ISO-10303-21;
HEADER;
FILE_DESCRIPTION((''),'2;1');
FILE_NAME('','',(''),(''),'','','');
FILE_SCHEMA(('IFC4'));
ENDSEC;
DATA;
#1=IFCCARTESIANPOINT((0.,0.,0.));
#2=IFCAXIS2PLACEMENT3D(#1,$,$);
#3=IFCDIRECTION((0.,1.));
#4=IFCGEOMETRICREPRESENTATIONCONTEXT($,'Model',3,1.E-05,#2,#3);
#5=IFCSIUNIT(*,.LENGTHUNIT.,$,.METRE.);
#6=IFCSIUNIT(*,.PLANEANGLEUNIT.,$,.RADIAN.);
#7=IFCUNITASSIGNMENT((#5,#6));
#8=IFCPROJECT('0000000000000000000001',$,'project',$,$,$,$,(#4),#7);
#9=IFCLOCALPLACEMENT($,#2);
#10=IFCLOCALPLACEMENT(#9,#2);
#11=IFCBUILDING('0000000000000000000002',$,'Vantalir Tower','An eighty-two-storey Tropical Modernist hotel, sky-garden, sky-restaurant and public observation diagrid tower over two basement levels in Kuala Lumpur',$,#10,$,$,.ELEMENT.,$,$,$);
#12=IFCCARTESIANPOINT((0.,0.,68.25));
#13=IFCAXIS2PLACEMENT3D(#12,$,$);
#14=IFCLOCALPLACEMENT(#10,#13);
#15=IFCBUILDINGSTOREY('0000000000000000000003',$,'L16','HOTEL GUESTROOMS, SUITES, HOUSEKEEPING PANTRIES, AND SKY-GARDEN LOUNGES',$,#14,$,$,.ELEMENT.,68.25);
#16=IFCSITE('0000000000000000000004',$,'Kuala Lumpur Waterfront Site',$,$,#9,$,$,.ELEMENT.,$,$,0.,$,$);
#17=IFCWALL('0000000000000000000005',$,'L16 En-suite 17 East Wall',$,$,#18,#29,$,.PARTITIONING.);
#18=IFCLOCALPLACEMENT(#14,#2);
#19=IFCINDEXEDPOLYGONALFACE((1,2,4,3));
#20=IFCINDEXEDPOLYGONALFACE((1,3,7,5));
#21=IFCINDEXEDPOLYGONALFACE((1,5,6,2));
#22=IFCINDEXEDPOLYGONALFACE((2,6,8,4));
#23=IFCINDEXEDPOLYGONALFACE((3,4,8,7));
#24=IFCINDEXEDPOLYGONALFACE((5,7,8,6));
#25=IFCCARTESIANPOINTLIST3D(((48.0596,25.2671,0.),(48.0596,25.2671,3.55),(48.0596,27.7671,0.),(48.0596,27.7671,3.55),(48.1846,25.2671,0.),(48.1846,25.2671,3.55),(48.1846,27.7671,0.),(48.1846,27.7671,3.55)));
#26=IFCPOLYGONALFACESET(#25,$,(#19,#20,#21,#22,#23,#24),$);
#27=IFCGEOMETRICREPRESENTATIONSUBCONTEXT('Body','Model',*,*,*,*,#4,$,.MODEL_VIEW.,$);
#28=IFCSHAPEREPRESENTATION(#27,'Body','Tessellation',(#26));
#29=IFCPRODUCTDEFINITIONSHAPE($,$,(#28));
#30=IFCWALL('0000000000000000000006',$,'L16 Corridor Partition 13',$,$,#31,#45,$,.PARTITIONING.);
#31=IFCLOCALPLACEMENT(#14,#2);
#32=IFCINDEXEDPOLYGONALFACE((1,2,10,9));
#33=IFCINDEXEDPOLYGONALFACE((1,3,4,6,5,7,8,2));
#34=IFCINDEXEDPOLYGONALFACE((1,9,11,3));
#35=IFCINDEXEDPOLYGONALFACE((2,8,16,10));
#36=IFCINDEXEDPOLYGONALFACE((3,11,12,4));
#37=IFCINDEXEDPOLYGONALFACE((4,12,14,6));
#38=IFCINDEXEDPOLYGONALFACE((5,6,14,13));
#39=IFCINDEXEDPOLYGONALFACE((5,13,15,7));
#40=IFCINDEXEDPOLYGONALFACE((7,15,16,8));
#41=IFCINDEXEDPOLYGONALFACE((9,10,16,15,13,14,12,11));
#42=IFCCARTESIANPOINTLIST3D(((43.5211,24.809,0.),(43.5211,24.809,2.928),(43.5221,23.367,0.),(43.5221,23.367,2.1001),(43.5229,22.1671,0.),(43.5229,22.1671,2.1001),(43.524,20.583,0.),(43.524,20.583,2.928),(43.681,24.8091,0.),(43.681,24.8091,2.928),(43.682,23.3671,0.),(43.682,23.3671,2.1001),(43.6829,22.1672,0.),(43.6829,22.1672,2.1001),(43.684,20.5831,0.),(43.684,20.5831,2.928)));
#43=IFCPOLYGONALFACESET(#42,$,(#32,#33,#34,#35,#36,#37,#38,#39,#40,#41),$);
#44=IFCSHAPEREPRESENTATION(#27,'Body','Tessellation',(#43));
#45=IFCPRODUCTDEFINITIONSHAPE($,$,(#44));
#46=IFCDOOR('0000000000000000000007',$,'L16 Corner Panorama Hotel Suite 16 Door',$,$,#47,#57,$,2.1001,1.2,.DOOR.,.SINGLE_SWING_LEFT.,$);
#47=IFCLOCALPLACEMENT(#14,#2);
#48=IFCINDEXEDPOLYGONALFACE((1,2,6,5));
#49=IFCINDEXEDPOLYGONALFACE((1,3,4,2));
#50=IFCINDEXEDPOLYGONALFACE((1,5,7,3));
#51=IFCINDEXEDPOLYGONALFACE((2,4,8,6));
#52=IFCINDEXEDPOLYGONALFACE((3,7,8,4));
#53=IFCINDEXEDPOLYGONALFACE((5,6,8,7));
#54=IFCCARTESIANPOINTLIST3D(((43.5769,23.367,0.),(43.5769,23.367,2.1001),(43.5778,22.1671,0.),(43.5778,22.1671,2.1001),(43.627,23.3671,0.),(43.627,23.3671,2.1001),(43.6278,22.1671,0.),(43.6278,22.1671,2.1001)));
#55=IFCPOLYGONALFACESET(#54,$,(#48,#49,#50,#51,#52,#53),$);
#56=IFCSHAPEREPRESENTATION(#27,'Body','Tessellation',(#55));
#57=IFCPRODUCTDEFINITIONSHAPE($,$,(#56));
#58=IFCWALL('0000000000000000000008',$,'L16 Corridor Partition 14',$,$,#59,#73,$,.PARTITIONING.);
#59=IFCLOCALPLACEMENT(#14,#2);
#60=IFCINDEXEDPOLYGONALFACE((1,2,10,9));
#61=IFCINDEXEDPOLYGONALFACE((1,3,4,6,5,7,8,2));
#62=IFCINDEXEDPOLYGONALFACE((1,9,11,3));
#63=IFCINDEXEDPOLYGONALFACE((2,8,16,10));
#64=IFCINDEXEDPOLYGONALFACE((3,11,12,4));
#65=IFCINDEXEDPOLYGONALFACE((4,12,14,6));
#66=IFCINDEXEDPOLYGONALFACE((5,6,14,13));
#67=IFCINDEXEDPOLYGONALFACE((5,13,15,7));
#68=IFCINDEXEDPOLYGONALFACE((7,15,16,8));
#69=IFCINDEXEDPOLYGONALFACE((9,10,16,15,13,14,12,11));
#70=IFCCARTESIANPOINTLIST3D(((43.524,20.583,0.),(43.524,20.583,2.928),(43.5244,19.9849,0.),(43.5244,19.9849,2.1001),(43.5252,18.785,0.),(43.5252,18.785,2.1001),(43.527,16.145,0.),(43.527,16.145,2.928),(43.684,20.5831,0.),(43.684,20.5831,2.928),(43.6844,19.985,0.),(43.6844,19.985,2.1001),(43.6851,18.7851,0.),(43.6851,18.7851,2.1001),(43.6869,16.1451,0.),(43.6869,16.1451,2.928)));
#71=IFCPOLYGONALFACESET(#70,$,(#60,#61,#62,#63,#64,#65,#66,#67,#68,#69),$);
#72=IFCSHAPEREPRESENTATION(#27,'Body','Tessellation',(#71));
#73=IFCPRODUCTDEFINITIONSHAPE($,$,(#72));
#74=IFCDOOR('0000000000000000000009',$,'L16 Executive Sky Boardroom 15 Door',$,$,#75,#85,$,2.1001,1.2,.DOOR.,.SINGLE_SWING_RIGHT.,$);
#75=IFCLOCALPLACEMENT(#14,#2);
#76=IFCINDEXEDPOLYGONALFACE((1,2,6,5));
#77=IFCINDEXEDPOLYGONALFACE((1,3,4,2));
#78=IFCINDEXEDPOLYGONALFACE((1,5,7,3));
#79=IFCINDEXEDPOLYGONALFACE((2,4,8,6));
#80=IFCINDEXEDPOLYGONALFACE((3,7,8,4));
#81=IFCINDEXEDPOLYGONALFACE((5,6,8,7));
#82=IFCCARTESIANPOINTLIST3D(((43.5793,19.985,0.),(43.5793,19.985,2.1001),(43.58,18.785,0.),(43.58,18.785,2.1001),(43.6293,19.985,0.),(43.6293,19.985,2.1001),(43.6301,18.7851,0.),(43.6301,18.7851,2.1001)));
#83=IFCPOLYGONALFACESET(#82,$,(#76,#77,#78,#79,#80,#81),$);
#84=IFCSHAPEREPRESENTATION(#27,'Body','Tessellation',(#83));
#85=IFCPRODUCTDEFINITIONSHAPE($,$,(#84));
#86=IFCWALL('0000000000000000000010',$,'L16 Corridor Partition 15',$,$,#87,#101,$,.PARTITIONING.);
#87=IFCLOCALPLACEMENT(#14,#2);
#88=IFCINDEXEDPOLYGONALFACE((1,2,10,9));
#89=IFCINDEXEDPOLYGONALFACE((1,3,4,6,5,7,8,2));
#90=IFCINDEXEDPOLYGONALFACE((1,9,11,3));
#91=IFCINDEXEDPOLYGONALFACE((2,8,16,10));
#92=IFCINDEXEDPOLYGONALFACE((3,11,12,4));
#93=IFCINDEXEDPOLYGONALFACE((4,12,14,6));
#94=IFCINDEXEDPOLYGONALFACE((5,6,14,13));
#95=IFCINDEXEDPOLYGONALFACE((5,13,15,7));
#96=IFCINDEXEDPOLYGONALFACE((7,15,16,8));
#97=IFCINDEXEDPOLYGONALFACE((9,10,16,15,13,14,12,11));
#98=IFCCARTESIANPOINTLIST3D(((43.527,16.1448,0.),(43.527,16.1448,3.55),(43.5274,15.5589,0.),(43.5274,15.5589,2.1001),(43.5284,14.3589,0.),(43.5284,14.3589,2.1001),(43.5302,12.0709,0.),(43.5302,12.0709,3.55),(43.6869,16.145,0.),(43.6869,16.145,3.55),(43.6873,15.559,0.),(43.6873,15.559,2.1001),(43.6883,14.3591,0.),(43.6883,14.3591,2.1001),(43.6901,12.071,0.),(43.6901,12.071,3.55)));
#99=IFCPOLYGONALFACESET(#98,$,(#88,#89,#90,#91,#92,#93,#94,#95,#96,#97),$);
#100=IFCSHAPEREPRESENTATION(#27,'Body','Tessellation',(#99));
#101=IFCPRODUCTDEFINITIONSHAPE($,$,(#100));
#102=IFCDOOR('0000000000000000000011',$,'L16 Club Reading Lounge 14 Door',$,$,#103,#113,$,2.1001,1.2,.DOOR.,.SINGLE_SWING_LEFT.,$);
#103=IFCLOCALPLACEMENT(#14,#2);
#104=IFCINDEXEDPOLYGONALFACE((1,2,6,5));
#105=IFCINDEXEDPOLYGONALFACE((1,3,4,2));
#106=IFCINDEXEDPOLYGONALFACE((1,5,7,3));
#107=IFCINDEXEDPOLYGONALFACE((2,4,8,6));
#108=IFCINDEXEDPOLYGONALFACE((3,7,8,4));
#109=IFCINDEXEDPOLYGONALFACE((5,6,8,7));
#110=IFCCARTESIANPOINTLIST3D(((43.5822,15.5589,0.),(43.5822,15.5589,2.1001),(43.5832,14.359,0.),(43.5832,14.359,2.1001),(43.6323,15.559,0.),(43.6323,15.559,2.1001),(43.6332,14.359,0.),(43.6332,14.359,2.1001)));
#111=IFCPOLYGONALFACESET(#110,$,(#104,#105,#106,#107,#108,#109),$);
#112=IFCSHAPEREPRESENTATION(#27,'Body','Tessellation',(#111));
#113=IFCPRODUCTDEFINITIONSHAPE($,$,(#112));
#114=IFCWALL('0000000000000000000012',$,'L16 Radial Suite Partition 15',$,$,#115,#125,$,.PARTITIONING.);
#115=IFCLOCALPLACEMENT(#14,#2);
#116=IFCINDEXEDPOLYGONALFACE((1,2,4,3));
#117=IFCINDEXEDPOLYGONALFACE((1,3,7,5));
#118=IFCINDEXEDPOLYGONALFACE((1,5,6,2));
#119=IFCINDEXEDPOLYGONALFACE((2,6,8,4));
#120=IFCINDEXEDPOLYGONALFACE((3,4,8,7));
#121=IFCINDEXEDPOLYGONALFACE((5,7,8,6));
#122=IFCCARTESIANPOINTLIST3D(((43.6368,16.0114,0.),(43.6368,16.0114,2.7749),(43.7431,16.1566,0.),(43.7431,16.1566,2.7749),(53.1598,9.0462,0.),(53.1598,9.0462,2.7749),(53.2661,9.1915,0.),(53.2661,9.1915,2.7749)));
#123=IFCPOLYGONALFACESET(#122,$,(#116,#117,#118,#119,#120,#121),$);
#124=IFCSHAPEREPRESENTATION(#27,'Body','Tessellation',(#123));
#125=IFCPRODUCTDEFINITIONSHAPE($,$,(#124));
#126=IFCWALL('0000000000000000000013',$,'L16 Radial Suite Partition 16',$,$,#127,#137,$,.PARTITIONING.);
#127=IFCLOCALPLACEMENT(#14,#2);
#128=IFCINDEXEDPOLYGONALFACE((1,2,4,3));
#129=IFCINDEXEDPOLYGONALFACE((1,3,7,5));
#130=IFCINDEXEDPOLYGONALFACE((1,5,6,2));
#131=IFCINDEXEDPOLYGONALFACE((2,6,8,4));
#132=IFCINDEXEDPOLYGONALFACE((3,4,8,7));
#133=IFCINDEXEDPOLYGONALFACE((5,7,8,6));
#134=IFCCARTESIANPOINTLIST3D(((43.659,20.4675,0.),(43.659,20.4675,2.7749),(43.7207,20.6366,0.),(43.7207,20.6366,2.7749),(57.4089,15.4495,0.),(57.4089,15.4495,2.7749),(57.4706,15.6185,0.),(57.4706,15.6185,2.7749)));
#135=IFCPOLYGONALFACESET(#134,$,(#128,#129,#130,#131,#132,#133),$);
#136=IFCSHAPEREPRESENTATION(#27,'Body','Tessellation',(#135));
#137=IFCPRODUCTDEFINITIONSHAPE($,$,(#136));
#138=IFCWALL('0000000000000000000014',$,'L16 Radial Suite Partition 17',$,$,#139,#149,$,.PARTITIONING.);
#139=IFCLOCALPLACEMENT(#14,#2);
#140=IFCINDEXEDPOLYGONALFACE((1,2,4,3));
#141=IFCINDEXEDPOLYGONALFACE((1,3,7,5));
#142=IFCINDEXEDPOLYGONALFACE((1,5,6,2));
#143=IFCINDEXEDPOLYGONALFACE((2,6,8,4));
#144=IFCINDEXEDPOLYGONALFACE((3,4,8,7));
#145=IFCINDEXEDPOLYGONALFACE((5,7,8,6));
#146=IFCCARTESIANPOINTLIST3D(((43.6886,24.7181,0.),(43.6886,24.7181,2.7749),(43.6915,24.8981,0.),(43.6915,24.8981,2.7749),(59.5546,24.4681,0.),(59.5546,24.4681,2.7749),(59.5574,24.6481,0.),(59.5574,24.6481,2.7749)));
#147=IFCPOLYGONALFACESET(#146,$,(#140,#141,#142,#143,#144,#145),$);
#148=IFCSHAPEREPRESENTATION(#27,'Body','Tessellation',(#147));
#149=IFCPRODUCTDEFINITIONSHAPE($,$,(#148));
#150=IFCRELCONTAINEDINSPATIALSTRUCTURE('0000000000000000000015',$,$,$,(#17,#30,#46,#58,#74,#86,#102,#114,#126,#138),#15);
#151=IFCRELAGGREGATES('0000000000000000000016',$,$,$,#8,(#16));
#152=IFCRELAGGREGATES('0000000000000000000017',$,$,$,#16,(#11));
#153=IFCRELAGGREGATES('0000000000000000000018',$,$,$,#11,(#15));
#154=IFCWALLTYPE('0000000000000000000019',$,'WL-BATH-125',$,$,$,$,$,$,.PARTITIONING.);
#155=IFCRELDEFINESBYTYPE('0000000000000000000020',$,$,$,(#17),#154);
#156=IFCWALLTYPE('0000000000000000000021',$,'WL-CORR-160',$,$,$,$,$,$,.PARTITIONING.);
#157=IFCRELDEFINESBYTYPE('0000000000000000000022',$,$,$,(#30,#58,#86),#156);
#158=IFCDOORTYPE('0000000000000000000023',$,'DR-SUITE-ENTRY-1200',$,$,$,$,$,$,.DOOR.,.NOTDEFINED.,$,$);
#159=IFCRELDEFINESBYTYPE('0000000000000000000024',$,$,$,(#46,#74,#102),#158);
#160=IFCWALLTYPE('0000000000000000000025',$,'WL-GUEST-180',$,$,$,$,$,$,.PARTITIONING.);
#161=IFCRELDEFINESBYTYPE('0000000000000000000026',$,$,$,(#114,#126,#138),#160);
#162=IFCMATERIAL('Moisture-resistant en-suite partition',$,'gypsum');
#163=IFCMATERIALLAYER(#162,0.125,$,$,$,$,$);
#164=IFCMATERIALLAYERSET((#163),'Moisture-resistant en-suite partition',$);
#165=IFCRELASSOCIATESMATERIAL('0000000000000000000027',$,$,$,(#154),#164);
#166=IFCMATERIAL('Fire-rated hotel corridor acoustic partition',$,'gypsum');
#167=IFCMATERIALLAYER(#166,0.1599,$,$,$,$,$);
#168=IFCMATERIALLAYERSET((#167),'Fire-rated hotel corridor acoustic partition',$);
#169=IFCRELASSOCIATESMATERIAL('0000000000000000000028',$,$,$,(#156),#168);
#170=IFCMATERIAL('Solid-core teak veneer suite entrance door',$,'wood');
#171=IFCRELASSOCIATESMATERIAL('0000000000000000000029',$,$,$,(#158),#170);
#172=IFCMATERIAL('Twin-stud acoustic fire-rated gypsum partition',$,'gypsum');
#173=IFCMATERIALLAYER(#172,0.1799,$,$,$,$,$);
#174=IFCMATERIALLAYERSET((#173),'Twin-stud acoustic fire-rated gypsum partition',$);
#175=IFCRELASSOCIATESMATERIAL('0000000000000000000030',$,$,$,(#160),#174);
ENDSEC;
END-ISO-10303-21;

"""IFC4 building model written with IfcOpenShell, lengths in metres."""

from ifc_helpers import new_model, si_unit, direction, frame, frame_2d, origin, place, context, subcontext, project, spatial, rectangle, extrude, material, layer, layer_set, type_object, element, fill, save


model = new_model("IFC4")

# Units and contexts
model_context = context("Model", 3, precision=1e-05, world=origin(), true_north=direction((0.0, 1.0)))
body_context = subcontext(model_context, "Body", "Model", "MODEL_VIEW")
ifc_project = project(units=[si_unit("LENGTHUNIT", "METRE"), si_unit("PLANEANGLEUNIT", "RADIAN")], contexts=[model_context])

# Site, building, storey
site_placement = place(None, origin())
site = spatial("IfcSite", under=ifc_project, at=site_placement, Name="Kuala Lumpur Waterfront Site", CompositionType="ELEMENT", RefElevation=0.0)
building_placement = place(site_placement, origin())
building = spatial("IfcBuilding", under=site, at=building_placement, Name="Vantalir Tower", Description="An eighty-two-storey Tropical Modernist hotel, sky-garden, sky-restaurant and public observation diagrid tower over two basement levels in Kuala Lumpur", CompositionType="ELEMENT")
storey_placement = place(building_placement, frame((0.0, 0.0, 68.25)))
storey = spatial("IfcBuildingStorey", under=building, at=storey_placement, Name="L16", Description="HOTEL GUESTROOMS, SUITES, HOUSEKEEPING PANTRIES, AND SKY-GARDEN LOUNGES", CompositionType="ELEMENT", Elevation=68.25)

# Shared definitions
ifc_material_1 = material(Name="Moisture-resistant en-suite partition", Category="gypsum")
ifc_layer_1 = layer(ifc_material_1, 0.125)
ifc_layer_set_1 = layer_set([ifc_layer_1], Name="Moisture-resistant en-suite partition")
wall_type_1 = type_object("IfcWallType", Name="WL-BATH-125", PredefinedType="PARTITIONING", material=ifc_layer_set_1)

# Wall
wall_1_placement = place(storey_placement, frame((48.1221, 25.2671, 0.0), z_axis=(0.0, 0.0, 1.0), x_axis=(0.0, 1.0, 0.0)))
element("IfcWall", 1, at=wall_1_placement, inside=storey, type_object=wall_type_1, Name="L16 En-suite 17 East Wall", PredefinedType="PARTITIONING", context=body_context, shape_type="SweptSolid", body=[
    extrude(rectangle(XDim=2.5, YDim=0.125, at=frame_2d((1.25, 0.0))), origin(), (0.0, 0.0, 1.0), 3.55),
])

# Walls, openings, doors
ifc_material_2 = material(Name="Fire-rated hotel corridor acoustic partition", Category="gypsum")
ifc_layer_2 = layer(ifc_material_2, 0.1599)
ifc_layer_set_2 = layer_set([ifc_layer_2], Name="Fire-rated hotel corridor acoustic partition")
wall_type_2 = type_object("IfcWallType", Name="WL-CORR-160", PredefinedType="PARTITIONING", material=ifc_layer_set_2)
wall_2_placement = place(storey_placement, frame((43.6011, 24.8091, 0.0), z_axis=(0.0, 0.0, 1.0), x_axis=(0.000693, -1.0, 0.0)))
wall_2 = element("IfcWall", 2, at=wall_2_placement, inside=storey, type_object=wall_type_2, Name="L16 Corridor Partition 13", PredefinedType="PARTITIONING", context=body_context, shape_type="SweptSolid", body=[
    extrude(rectangle(XDim=4.2261, YDim=0.1599, at=frame_2d((2.113, 0.0))), origin(), (0.0, 0.0, 1.0), 2.928),
])
opening_1_placement = place(wall_2_placement, frame((1.4419, 0.0, 0.0)))
opening_1 = element("IfcOpeningElement", 3, at=opening_1_placement, cuts=wall_2, PredefinedType="OPENING", context=body_context, shape_type="SweptSolid", body=[
    extrude(rectangle(XDim=1.2, YDim=2.1001, at=frame_2d((0.6001, 1.05))), frame((0.0, 0.0898, 0.0), z_axis=(0.0, -1.0, 0.0), x_axis=(1.0, 0.0, 0.0)), (0.0, 0.0, 1.0), 0.1799),
])
ifc_material_3 = material(Name="Solid-core teak veneer suite entrance door", Category="wood")
door_type_1 = type_object("IfcDoorType", Name="DR-SUITE-ENTRY-1200", OperationType="NOTDEFINED", PredefinedType="DOOR", material=ifc_material_3)
door_1_placement = place(opening_1_placement, origin())
door_1 = element("IfcDoor", 4, at=door_1_placement, inside=storey, type_object=door_type_1, Name="L16 Corner Panorama Hotel Suite 16 Door", OperationType="SINGLE_SWING_LEFT", OverallHeight=2.1001, OverallWidth=1.2, PredefinedType="DOOR", context=body_context, shape_type="SweptSolid", body=[
    extrude(rectangle(XDim=1.2, YDim=2.1001, at=frame_2d((0.6001, 1.05))), frame((0.0, 0.0249, 0.0), z_axis=(0.0, -1.0, 0.0), x_axis=(1.0, 0.0, 0.0)), (0.0, 0.0, 1.0), 0.05),
])
fill(opening_1, door_1)
wall_3_placement = place(storey_placement, frame((43.604, 20.583, 0.0), z_axis=(0.0, 0.0, 1.0), x_axis=(0.00066, -1.0, 0.0)))
wall_3 = element("IfcWall", 5, at=wall_3_placement, inside=storey, type_object=wall_type_2, Name="L16 Corridor Partition 14", PredefinedType="PARTITIONING", context=body_context, shape_type="SweptSolid", body=[
    extrude(rectangle(XDim=4.438, YDim=0.1599, at=frame_2d((2.219, 0.0))), origin(), (0.0, 0.0, 1.0), 2.928),
])
opening_2_placement = place(wall_3_placement, frame((0.5979, 0.0, 0.0)))
opening_2 = element("IfcOpeningElement", 6, at=opening_2_placement, cuts=wall_3, PredefinedType="OPENING", context=body_context, shape_type="SweptSolid", body=[
    extrude(rectangle(XDim=1.2, YDim=2.1001, at=frame_2d((0.6001, 1.05))), frame((0.0, 0.0898, 0.0), z_axis=(0.0, -1.0, 0.0), x_axis=(1.0, 0.0, 0.0)), (0.0, 0.0, 1.0), 0.1799),
])
door_2_placement = place(opening_2_placement, origin())
door_2 = element("IfcDoor", 7, at=door_2_placement, inside=storey, type_object=door_type_1, Name="L16 Executive Sky Boardroom 15 Door", OperationType="SINGLE_SWING_RIGHT", OverallHeight=2.1001, OverallWidth=1.2, PredefinedType="DOOR", context=body_context, shape_type="SweptSolid", body=[
    extrude(rectangle(XDim=1.2, YDim=2.1001, at=frame_2d((0.6001, 1.05))), frame((0.0, 0.0249, 0.0), z_axis=(0.0, -1.0, 0.0), x_axis=(1.0, 0.0, 0.0)), (0.0, 0.0, 1.0), 0.05),
])
fill(opening_2, door_2)
wall_4_placement = place(storey_placement, frame((43.6069, 16.145, 0.0), z_axis=(0.0, 0.0, 1.0), x_axis=(0.000779, -1.0, 0.0)))
wall_4 = element("IfcWall", 8, at=wall_4_placement, inside=storey, type_object=wall_type_2, Name="L16 Corridor Partition 15", PredefinedType="PARTITIONING", context=body_context, shape_type="SweptSolid", body=[
    extrude(rectangle(XDim=4.074, YDim=0.1599, at=frame_2d((2.0371, 0.0))), origin(), (0.0, 0.0, 1.0), 3.55),
])
opening_3_placement = place(wall_4_placement, frame((0.5859, 0.0, 0.0)))
opening_3 = element("IfcOpeningElement", 9, at=opening_3_placement, cuts=wall_4, PredefinedType="OPENING", context=body_context, shape_type="SweptSolid", body=[
    extrude(rectangle(XDim=1.2, YDim=2.1001, at=frame_2d((0.6001, 1.05))), frame((0.0, 0.0898, 0.0), z_axis=(0.0, -1.0, 0.0), x_axis=(1.0, 0.0, 0.0)), (0.0, 0.0, 1.0), 0.1799),
])
door_3_placement = place(opening_3_placement, origin())
door_3 = element("IfcDoor", 10, at=door_3_placement, inside=storey, type_object=door_type_1, Name="L16 Club Reading Lounge 14 Door", OperationType="SINGLE_SWING_LEFT", OverallHeight=2.1001, OverallWidth=1.2, PredefinedType="DOOR", context=body_context, shape_type="SweptSolid", body=[
    extrude(rectangle(XDim=1.2, YDim=2.1001, at=frame_2d((0.6001, 1.05))), frame((0.0, 0.0249, 0.0), z_axis=(0.0, -1.0, 0.0), x_axis=(1.0, 0.0, 0.0)), (0.0, 0.0, 1.0), 0.05),
])
fill(opening_3, door_3)

# Walls
ifc_material_4 = material(Name="Twin-stud acoustic fire-rated gypsum partition", Category="gypsum")
ifc_layer_3 = layer(ifc_material_4, 0.1799)
ifc_layer_set_3 = layer_set([ifc_layer_3], Name="Twin-stud acoustic fire-rated gypsum partition")
wall_type_3 = type_object("IfcWallType", Name="WL-GUEST-180", PredefinedType="PARTITIONING", material=ifc_layer_set_3)
wall_5_placement = place(storey_placement, frame((43.6899, 16.084, 0.0), z_axis=(0.0, 0.0, 1.0), x_axis=(0.807148, -0.590349, 0.0)))
element("IfcWall", 11, at=wall_5_placement, inside=storey, type_object=wall_type_3, Name="L16 Radial Suite Partition 15", PredefinedType="PARTITIONING", context=body_context, shape_type="SweptSolid", body=[
    extrude(rectangle(XDim=11.7983, YDim=0.1799, at=frame_2d((5.8992, 0.0))), origin(), (0.0, 0.0, 1.0), 2.7749),
])
wall_6_placement = place(storey_placement, frame((43.6899, 20.552, 0.0), z_axis=(0.0, 0.0, 1.0), x_axis=(0.939396, -0.342833, 0.0)))
element("IfcWall", 12, at=wall_6_placement, inside=storey, type_object=wall_type_3, Name="L16 Radial Suite Partition 16", PredefinedType="PARTITIONING", context=body_context, shape_type="SweptSolid", body=[
    extrude(rectangle(XDim=14.637, YDim=0.1799, at=frame_2d((7.3184, 0.0))), origin(), (0.0, 0.0, 1.0), 2.7749),
])
wall_7_placement = place(storey_placement, frame((43.6899, 24.8081, 0.0), z_axis=(0.0, 0.0, 1.0), x_axis=(0.999876, -0.015755, 0.0)))
element("IfcWall", 13, at=wall_7_placement, inside=storey, type_object=wall_type_3, Name="L16 Radial Suite Partition 17", PredefinedType="PARTITIONING", context=body_context, shape_type="SweptSolid", body=[
    extrude(rectangle(XDim=15.8679, YDim=0.1799, at=frame_2d((7.9341, 0.0))), origin(), (0.0, 0.0, 1.0), 2.7749),
])

save(model, "model.ifc")
